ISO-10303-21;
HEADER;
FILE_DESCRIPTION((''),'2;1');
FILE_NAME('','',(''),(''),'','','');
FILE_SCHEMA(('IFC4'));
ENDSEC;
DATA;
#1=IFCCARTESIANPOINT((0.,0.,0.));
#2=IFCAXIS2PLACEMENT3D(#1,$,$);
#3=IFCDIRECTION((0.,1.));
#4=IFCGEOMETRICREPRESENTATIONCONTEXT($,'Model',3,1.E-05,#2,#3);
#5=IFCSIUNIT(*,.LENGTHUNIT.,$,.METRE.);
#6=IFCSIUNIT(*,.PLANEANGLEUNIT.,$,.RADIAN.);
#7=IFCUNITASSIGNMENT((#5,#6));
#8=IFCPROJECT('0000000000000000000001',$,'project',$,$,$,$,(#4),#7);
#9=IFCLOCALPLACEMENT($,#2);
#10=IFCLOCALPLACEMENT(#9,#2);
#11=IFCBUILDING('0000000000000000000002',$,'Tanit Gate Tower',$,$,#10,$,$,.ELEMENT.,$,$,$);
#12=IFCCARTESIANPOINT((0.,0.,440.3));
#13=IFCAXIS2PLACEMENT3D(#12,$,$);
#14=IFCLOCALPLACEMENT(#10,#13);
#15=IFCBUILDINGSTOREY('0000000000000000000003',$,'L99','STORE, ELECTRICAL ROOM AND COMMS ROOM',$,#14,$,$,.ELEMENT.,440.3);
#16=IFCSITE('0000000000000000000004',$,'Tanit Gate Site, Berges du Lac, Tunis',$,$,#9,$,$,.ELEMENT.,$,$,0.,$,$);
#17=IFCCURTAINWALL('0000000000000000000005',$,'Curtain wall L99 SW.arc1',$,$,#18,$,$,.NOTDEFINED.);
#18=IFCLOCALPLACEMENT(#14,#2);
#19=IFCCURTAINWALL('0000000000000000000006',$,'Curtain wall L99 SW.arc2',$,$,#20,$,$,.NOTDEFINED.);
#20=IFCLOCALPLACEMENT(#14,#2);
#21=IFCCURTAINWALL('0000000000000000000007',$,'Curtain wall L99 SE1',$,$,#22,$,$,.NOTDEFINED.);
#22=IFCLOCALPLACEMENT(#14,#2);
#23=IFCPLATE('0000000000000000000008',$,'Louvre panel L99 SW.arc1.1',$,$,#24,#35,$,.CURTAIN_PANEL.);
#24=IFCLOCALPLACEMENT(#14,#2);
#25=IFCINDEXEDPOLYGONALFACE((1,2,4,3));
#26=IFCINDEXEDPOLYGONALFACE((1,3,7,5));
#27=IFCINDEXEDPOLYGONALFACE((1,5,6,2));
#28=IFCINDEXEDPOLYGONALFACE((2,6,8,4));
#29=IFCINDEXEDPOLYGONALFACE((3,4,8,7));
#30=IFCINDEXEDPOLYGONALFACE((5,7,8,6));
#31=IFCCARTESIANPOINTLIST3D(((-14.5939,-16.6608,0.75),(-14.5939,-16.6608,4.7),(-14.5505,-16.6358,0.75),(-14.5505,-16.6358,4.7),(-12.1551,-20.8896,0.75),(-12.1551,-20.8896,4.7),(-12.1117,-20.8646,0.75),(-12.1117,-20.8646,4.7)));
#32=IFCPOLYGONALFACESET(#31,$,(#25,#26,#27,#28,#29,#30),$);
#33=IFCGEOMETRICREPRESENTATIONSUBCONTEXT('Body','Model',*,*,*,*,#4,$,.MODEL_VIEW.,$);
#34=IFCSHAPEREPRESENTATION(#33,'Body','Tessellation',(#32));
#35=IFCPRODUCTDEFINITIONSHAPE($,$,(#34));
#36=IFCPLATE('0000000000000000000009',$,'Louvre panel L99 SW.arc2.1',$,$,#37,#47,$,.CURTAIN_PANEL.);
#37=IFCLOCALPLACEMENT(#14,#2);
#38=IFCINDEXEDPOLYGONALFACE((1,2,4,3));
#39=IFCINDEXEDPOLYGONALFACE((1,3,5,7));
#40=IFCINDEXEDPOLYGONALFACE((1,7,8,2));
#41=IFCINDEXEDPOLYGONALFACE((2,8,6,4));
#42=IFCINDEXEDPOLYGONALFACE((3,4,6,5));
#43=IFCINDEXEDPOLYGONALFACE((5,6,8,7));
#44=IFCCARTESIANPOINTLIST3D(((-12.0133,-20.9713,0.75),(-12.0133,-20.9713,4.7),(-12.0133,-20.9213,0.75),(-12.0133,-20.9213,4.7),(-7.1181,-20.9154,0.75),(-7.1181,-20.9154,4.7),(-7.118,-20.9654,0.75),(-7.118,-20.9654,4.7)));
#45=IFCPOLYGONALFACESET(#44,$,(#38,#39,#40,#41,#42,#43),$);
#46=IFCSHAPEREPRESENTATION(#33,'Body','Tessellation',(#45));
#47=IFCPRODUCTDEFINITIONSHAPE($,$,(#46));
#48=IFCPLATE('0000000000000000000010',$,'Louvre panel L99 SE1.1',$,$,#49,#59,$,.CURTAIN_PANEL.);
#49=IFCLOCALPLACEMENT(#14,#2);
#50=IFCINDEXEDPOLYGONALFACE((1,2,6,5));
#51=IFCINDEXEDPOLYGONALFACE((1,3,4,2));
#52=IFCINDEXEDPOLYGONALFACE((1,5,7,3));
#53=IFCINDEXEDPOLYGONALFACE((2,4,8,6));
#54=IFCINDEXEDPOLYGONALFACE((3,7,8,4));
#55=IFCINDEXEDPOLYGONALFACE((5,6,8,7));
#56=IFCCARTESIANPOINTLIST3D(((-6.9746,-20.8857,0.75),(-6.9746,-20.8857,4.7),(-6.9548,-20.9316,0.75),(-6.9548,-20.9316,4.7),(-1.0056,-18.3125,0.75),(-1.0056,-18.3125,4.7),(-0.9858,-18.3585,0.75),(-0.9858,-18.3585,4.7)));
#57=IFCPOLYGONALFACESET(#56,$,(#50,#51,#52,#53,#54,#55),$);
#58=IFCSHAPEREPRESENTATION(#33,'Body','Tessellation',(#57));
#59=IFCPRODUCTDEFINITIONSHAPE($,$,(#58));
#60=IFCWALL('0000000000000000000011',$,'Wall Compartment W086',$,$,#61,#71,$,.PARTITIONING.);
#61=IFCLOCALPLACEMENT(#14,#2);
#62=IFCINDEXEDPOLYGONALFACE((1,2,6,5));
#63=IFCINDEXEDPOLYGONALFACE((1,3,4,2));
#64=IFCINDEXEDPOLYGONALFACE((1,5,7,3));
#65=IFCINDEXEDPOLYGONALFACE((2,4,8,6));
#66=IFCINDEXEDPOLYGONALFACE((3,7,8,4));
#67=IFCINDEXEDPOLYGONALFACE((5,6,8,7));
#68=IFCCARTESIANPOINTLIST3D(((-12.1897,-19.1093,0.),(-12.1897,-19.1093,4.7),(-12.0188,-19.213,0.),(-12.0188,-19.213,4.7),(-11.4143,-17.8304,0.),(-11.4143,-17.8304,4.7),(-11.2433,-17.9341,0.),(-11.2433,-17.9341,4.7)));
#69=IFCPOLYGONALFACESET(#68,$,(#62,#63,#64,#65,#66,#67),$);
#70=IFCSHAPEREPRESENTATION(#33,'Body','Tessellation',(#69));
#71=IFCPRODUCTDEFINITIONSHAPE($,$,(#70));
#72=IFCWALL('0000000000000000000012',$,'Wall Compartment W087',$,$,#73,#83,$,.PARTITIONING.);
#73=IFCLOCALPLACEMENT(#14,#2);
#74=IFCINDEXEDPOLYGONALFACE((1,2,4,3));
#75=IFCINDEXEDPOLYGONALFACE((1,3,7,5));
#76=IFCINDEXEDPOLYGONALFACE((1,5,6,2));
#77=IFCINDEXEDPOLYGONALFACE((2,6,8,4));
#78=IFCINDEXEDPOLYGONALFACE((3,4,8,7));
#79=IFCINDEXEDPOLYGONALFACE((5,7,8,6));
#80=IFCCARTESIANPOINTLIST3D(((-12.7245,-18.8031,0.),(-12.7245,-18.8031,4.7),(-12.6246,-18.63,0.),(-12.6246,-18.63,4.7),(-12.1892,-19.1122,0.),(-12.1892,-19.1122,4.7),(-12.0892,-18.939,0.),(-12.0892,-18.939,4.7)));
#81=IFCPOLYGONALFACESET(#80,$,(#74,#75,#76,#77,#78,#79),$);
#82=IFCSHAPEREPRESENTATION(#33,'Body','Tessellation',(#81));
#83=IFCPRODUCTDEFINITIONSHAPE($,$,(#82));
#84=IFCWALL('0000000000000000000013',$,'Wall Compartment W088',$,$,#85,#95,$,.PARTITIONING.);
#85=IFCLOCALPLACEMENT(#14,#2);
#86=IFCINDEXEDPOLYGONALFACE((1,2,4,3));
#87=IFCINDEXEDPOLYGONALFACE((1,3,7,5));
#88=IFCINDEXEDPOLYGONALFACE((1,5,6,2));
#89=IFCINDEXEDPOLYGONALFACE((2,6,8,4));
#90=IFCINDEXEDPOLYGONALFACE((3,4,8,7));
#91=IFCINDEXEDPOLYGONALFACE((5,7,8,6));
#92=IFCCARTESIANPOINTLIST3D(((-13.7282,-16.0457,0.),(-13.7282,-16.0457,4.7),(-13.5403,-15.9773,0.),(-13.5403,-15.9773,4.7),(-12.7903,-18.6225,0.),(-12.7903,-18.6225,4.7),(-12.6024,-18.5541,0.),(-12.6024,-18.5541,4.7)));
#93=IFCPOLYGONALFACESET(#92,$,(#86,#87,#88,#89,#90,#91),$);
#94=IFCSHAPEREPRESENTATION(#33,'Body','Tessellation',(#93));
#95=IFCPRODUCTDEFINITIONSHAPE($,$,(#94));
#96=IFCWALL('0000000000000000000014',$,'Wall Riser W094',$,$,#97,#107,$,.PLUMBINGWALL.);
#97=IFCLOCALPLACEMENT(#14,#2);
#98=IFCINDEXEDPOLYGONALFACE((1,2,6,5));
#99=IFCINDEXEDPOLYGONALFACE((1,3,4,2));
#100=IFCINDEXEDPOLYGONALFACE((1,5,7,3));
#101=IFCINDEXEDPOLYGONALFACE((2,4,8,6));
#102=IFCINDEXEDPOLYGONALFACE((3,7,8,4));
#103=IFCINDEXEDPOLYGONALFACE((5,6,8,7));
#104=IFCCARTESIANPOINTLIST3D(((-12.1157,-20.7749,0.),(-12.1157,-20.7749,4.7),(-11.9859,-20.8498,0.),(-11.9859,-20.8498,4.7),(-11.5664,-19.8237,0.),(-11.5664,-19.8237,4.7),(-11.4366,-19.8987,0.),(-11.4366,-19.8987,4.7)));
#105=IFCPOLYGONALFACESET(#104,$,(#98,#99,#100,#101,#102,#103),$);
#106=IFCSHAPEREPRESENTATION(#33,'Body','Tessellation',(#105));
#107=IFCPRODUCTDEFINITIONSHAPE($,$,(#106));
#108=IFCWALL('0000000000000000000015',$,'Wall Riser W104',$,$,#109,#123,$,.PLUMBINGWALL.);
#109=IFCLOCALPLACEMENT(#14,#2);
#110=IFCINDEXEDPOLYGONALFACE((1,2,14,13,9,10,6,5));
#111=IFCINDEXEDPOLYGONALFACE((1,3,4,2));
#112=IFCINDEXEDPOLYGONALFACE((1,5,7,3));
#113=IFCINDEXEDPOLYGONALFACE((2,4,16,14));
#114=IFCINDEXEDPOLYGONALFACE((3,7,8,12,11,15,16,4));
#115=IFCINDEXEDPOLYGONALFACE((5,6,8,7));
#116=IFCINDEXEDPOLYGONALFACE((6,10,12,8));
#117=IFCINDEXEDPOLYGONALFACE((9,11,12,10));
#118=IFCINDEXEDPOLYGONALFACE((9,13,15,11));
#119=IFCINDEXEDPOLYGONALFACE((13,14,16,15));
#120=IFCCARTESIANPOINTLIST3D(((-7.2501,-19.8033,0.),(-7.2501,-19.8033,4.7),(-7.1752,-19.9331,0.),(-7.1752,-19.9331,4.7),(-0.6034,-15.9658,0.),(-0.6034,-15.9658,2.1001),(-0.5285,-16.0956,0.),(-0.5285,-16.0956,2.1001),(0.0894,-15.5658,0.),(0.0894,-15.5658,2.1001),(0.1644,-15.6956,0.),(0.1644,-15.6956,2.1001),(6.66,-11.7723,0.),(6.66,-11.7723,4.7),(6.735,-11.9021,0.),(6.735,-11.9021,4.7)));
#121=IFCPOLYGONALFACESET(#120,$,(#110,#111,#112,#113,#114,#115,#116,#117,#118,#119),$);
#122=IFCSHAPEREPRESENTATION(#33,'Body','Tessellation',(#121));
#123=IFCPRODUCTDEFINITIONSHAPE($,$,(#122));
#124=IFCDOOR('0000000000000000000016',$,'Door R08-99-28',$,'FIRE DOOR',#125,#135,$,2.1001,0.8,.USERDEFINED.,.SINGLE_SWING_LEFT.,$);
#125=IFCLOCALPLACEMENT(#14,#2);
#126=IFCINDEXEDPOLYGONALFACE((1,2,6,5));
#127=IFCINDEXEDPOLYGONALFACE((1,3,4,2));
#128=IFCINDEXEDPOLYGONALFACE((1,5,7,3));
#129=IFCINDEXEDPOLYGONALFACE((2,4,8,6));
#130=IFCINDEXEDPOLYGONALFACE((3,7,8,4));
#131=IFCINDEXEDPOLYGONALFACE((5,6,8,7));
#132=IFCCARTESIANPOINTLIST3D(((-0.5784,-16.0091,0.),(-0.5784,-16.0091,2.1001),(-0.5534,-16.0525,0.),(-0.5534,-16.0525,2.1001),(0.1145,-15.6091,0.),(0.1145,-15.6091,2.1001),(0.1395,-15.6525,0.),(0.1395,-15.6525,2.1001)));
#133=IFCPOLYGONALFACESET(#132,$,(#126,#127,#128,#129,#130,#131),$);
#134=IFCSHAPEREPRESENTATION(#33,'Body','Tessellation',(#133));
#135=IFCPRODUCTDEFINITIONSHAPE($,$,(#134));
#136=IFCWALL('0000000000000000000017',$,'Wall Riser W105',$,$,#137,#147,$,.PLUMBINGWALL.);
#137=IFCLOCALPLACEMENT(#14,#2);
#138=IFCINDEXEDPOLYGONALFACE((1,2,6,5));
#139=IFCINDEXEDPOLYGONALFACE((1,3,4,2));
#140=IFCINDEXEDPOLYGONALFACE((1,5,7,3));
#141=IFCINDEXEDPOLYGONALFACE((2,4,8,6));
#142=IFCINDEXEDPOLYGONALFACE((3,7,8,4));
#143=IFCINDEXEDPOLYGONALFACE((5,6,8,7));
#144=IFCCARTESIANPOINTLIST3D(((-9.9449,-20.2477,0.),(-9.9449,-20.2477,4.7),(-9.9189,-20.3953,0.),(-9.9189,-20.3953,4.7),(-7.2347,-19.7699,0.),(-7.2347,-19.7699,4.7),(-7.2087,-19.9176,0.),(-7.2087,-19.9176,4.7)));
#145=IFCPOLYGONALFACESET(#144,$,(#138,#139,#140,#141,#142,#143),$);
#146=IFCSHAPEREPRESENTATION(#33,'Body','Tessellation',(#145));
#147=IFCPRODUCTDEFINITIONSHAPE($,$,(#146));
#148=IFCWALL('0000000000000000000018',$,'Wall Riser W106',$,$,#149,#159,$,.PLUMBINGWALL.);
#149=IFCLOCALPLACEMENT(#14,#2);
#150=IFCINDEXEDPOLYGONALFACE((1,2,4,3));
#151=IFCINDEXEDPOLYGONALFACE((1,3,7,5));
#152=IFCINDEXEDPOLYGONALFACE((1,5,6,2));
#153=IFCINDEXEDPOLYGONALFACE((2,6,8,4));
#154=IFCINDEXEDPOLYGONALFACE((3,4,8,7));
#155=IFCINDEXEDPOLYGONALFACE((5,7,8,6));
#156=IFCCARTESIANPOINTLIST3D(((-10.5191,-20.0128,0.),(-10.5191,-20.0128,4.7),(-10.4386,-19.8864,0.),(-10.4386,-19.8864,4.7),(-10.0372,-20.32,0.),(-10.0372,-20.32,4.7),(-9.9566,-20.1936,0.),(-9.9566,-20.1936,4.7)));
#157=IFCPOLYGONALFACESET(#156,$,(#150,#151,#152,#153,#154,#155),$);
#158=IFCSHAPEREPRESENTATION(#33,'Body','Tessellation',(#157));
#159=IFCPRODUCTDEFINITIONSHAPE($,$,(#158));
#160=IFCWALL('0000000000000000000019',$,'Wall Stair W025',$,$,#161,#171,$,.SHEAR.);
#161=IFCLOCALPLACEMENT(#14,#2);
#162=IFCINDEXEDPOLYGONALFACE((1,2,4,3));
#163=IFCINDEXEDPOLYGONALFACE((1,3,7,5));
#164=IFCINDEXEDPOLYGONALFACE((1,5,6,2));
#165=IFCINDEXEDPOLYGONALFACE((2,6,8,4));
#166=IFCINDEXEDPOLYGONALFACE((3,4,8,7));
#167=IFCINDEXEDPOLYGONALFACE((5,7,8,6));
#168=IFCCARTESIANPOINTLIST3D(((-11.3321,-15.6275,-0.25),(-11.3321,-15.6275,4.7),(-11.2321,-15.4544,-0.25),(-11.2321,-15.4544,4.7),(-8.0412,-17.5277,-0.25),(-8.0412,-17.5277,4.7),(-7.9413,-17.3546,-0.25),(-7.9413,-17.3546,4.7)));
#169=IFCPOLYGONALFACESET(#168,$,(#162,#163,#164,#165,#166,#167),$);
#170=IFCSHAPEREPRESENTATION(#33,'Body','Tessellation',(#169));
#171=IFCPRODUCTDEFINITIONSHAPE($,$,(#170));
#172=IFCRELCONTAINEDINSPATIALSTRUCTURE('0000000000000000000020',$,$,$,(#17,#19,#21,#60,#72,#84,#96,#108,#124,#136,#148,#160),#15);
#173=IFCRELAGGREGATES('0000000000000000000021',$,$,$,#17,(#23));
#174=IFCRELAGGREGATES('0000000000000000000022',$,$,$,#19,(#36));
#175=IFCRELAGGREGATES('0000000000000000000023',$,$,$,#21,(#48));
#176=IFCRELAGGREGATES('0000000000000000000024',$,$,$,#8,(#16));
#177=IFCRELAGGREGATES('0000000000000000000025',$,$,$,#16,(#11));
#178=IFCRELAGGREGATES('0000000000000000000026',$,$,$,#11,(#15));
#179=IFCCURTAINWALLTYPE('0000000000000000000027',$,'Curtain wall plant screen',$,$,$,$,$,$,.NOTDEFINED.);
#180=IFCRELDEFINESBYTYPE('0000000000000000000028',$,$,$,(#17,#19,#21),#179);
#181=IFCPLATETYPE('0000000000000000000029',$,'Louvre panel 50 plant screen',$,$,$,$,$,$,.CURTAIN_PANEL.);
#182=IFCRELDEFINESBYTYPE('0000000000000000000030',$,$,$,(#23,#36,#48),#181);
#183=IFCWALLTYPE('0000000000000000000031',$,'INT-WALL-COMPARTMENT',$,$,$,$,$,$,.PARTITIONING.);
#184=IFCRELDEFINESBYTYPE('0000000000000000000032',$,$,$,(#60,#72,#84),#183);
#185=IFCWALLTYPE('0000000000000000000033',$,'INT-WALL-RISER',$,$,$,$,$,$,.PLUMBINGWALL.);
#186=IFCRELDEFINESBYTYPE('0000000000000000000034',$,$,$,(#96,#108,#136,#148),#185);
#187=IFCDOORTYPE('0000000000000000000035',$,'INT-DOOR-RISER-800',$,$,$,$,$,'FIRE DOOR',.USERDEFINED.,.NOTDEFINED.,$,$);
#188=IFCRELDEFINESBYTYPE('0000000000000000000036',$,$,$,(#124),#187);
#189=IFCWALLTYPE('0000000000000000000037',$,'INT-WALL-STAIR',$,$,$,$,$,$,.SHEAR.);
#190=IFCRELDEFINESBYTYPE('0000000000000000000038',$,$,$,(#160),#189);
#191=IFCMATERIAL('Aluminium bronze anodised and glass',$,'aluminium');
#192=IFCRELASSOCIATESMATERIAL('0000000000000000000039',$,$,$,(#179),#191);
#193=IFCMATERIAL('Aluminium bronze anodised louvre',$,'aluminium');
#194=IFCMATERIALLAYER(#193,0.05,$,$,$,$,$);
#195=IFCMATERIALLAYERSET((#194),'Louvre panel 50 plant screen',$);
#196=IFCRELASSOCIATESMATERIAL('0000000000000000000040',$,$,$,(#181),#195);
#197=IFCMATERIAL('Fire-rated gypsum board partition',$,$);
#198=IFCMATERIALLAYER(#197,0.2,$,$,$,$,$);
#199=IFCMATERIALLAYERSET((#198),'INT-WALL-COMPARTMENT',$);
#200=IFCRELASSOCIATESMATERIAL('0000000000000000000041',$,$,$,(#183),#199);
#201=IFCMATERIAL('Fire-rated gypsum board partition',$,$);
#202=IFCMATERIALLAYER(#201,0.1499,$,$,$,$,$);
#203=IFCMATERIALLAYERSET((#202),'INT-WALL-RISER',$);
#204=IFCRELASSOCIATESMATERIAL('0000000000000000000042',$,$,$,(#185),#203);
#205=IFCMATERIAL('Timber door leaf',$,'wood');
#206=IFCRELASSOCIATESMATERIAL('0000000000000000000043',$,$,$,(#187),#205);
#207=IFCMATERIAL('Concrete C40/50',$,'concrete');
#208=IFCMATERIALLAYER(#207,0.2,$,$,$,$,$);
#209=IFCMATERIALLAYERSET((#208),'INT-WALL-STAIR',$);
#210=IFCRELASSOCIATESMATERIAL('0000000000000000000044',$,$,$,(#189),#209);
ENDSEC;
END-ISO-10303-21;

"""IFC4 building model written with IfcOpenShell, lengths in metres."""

from ifc_helpers import new_model, si_unit, direction, frame, frame_2d, origin, origin_2d, place, context, subcontext, project, spatial, rectangle, extrude, material, layer, layer_set, type_object, element, fill, aggregate, save


model = new_model("IFC4")

# Units and contexts
model_context = context("Model", 3, precision=1e-05, world=origin(), true_north=direction((0.0, 1.0)))
body_context = subcontext(model_context, "Body", "Model", "MODEL_VIEW")
ifc_project = project(units=[si_unit("LENGTHUNIT", "METRE"), si_unit("PLANEANGLEUNIT", "RADIAN")], contexts=[model_context])

# Site, building, storey
site_placement = place(None, origin())
site = spatial("IfcSite", under=ifc_project, at=site_placement, Name="Tanit Gate Site, Berges du Lac, Tunis", CompositionType="ELEMENT", RefElevation=0.0)
building_placement = place(site_placement, origin())
building = spatial("IfcBuilding", under=site, at=building_placement, Name="Tanit Gate Tower", CompositionType="ELEMENT")
storey_placement = place(building_placement, frame((0.0, 0.0, 440.3)))
storey = spatial("IfcBuildingStorey", under=building, at=storey_placement, Name="L99", Description="STORE, ELECTRICAL ROOM AND COMMS ROOM", CompositionType="ELEMENT", Elevation=440.3)

# Shared definitions
ifc_material_1 = material(Name="Aluminium bronze anodised and glass", Category="aluminium")
curtain_wall_type = type_object("IfcCurtainWallType", Name="Curtain wall plant screen", PredefinedType="NOTDEFINED", material=ifc_material_1)

# Curtain walls
curtain_wall_1_placement = place(storey_placement, origin())
curtain_wall_1 = element("IfcCurtainWall", 1, at=curtain_wall_1_placement, inside=storey, type_object=curtain_wall_type, Name="Curtain wall L99 SW.arc1", PredefinedType="NOTDEFINED")
curtain_wall_2_placement = place(storey_placement, origin())
curtain_wall_2 = element("IfcCurtainWall", 2, at=curtain_wall_2_placement, inside=storey, type_object=curtain_wall_type, Name="Curtain wall L99 SW.arc2", PredefinedType="NOTDEFINED")

# Curtain wall
curtain_wall_3_placement = place(storey_placement, origin())
curtain_wall_3 = element("IfcCurtainWall", 3, at=curtain_wall_3_placement, inside=storey, type_object=curtain_wall_type, Name="Curtain wall L99 SE1", PredefinedType="NOTDEFINED")

# Plates
ifc_material_2 = material(Name="Aluminium bronze anodised louvre", Category="aluminium")
ifc_layer_1 = layer(ifc_material_2, 0.05)
ifc_layer_set_1 = layer_set([ifc_layer_1], Name="Louvre panel 50 plant screen")
plate_type = type_object("IfcPlateType", Name="Louvre panel 50 plant screen", PredefinedType="CURTAIN_PANEL", material=ifc_layer_set_1)
plate_1_placement = place(storey_placement, frame((-13.3528, -18.7627, 0.75), z_axis=(0.0, 0.0, 1.0), x_axis=(0.499592, -0.866261, 0.0)))
plate_1 = element("IfcPlate", 4, at=plate_1_placement, type_object=plate_type, Name="Louvre panel L99 SW.arc1.1", PredefinedType="CURTAIN_PANEL", context=body_context, shape_type="SweptSolid", body=[
    extrude(rectangle(XDim=4.8816, YDim=0.05, at=origin_2d()), origin(), (0.0, 0.0, 1.0), 3.95),
])
aggregate(curtain_wall_1, [plate_1])
plate_2_placement = place(storey_placement, frame((-9.5657, -20.9434, 0.75), z_axis=(0.0, 0.0, 1.0), x_axis=(0.999999, 0.001199, 0.0)))
plate_2 = element("IfcPlate", 5, at=plate_2_placement, type_object=plate_type, Name="Louvre panel L99 SW.arc2.1", PredefinedType="CURTAIN_PANEL", context=body_context, shape_type="SweptSolid", body=[
    extrude(rectangle(XDim=4.8953, YDim=0.05, at=origin_2d()), origin(), (0.0, 0.0, 1.0), 3.95),
])
aggregate(curtain_wall_2, [plate_2])
plate_3_placement = place(storey_placement, frame((-3.9802, -19.6221, 0.75), z_axis=(0.0, 0.0, 1.0), x_axis=(0.918306, 0.395871, 0.0)))
plate_3 = element("IfcPlate", 6, at=plate_3_placement, type_object=plate_type, Name="Louvre panel L99 SE1.1", PredefinedType="CURTAIN_PANEL", context=body_context, shape_type="SweptSolid", body=[
    extrude(rectangle(XDim=6.5, YDim=0.05, at=origin_2d()), origin(), (0.0, 0.0, 1.0), 3.95),
])
aggregate(curtain_wall_3, [plate_3])

# Walls
ifc_material_3 = material(Name="Fire-rated gypsum board partition")
ifc_layer_2 = layer(ifc_material_3, 0.2)
ifc_layer_set_2 = layer_set([ifc_layer_2], Name="INT-WALL-COMPARTMENT")
wall_type_1 = type_object("IfcWallType", Name="INT-WALL-COMPARTMENT", PredefinedType="PARTITIONING", material=ifc_layer_set_2)
wall_1_placement = place(storey_placement, frame((-12.1042, -19.1611, 0.0), z_axis=(0.0, 0.0, 1.0), x_axis=(0.518475, 0.855093, 0.0)))
element("IfcWall", 7, at=wall_1_placement, inside=storey, type_object=wall_type_1, Name="Wall Compartment W086", PredefinedType="PARTITIONING", context=body_context, shape_type="SweptSolid", body=[
    extrude(rectangle(XDim=1.4956, YDim=0.2, at=frame_2d((0.7478, 0.0))), origin(), (0.0, 0.0, 1.0), 4.7),
])
wall_2_placement = place(storey_placement, frame((-12.6746, -18.7166, 0.0), z_axis=(0.0, 0.0, 1.0), x_axis=(0.866047, -0.499962, 0.0)))
element("IfcWall", 8, at=wall_2_placement, inside=storey, type_object=wall_type_1, Name="Wall Compartment W087", PredefinedType="PARTITIONING", context=body_context, shape_type="SweptSolid", body=[
    extrude(rectangle(XDim=0.6182, YDim=0.2, at=frame_2d((0.3091, 0.0))), origin(), (0.0, 0.0, 1.0), 4.7),
])
wall_3_placement = place(storey_placement, frame((-13.6343, -16.0115, 0.0), z_axis=(0.0, 0.0, 1.0), x_axis=(0.342043, -0.939684, 0.0)))
element("IfcWall", 9, at=wall_3_placement, inside=storey, type_object=wall_type_1, Name="Wall Compartment W088", PredefinedType="PARTITIONING", context=body_context, shape_type="SweptSolid", body=[
    extrude(rectangle(XDim=2.7422, YDim=0.2, at=frame_2d((1.3711, 0.0))), origin(), (0.0, 0.0, 1.0), 4.7),
])
ifc_material_4 = material(Name="Fire-rated gypsum board partition")
ifc_layer_3 = layer(ifc_material_4, 0.1499)
ifc_layer_set_3 = layer_set([ifc_layer_3], Name="INT-WALL-RISER")
wall_type_2 = type_object("IfcWallType", Name="INT-WALL-RISER", PredefinedType="PLUMBINGWALL", material=ifc_layer_set_3)
wall_4_placement = place(storey_placement, frame((-11.5015, -19.8611, 0.0), z_axis=(0.0, 0.0, 1.0), x_axis=(-0.500107, -0.865963, 0.0)))
element("IfcWall", 10, at=wall_4_placement, inside=storey, type_object=wall_type_2, Name="Wall Riser W094", PredefinedType="PLUMBINGWALL", context=body_context, shape_type="SweptSolid", body=[
    extrude(rectangle(XDim=1.0984, YDim=0.1499, at=frame_2d((0.5493, 0.0))), origin(), (0.0, 0.0, 1.0), 4.7),
])

# Wall, opening, door
wall_5_placement = place(storey_placement, frame((-7.2126, -19.8682, 0.0), z_axis=(0.0, 0.0, 1.0), x_axis=(0.866026, 0.499999, 0.0)))
wall_5 = element("IfcWall", 11, at=wall_5_placement, inside=storey, type_object=wall_type_2, Name="Wall Riser W104", PredefinedType="PLUMBINGWALL", context=body_context, shape_type="SweptSolid", body=[
    extrude(rectangle(XDim=16.062, YDim=0.1499, at=frame_2d((8.031, 0.0))), origin(), (0.0, 0.0, 1.0), 4.7),
])
opening_1_placement = place(wall_5_placement, frame((7.675, 0.0, 0.0)))
opening_1 = element("IfcOpeningElement", 12, at=opening_1_placement, cuts=wall_5, PredefinedType="OPENING", context=body_context, shape_type="SweptSolid", body=[
    extrude(rectangle(XDim=0.8, YDim=2.1001, at=frame_2d((0.3999, 1.05))), frame((0.0, 0.085, 0.0), z_axis=(0.0, -1.0, 0.0), x_axis=(1.0, 0.0, 0.0)), (0.0, 0.0, 1.0), 0.1699),
])
ifc_material_5 = material(Name="Timber door leaf", Category="wood")
door_type_1 = type_object("IfcDoorType", Name="INT-DOOR-RISER-800", ElementType="FIRE DOOR", OperationType="NOTDEFINED", PredefinedType="USERDEFINED", material=ifc_material_5)
door_1_placement = place(opening_1_placement, origin())
door_1 = element("IfcDoor", 13, at=door_1_placement, inside=storey, type_object=door_type_1, Name="Door R08-99-28", ObjectType="FIRE DOOR", OperationType="SINGLE_SWING_LEFT", OverallHeight=2.1001, OverallWidth=0.8, PredefinedType="USERDEFINED", context=body_context, shape_type="SweptSolid", body=[
    extrude(rectangle(XDim=0.8, YDim=2.1001, at=frame_2d((0.3999, 1.05))), frame((0.0, 0.0249, 0.0), z_axis=(0.0, -1.0, 0.0), x_axis=(1.0, 0.0, 0.0)), (0.0, 0.0, 1.0), 0.05),
])
fill(opening_1, door_1)

# Walls
wall_6_placement = place(storey_placement, frame((-9.9319, -20.3215, 0.0), z_axis=(0.0, 0.0, 1.0), x_axis=(0.984814, 0.173613, 0.0)))
element("IfcWall", 14, at=wall_6_placement, inside=storey, type_object=wall_type_2, Name="Wall Riser W105", PredefinedType="PLUMBINGWALL", context=body_context, shape_type="SweptSolid", body=[
    extrude(rectangle(XDim=2.752, YDim=0.1499, at=frame_2d((1.376, 0.0))), origin(), (0.0, 0.0, 1.0), 4.7),
])
wall_7_placement = place(storey_placement, frame((-10.4788, -19.9497, 0.0), z_axis=(0.0, 0.0, 1.0), x_axis=(0.843309, -0.537428, 0.0)))
element("IfcWall", 15, at=wall_7_placement, inside=storey, type_object=wall_type_2, Name="Wall Riser W106", PredefinedType="PLUMBINGWALL", context=body_context, shape_type="SweptSolid", body=[
    extrude(rectangle(XDim=0.5715, YDim=0.1499, at=frame_2d((0.2856, 0.0))), origin(), (0.0, 0.0, 1.0), 4.7),
])
ifc_material_6 = material(Name="Concrete C40/50", Category="concrete")
ifc_layer_4 = layer(ifc_material_6, 0.2)
ifc_layer_set_4 = layer_set([ifc_layer_4], Name="INT-WALL-STAIR")
wall_type_3 = type_object("IfcWallType", Name="INT-WALL-STAIR", PredefinedType="SHEAR", material=ifc_layer_set_4)
wall_8_placement = place(storey_placement, frame((-11.282, -15.541, -0.25), z_axis=(0.0, 0.0, 1.0), x_axis=(0.866, -0.500043, 0.0)))
element("IfcWall", 16, at=wall_8_placement, inside=storey, type_object=wall_type_3, Name="Wall Stair W025", PredefinedType="SHEAR", context=body_context, shape_type="SweptSolid", body=[
    extrude(rectangle(XDim=3.8, YDim=0.2, at=frame_2d((1.8999, 0.0))), origin(), (0.0, 0.0, 1.0), 4.95),
])

save(model, "model.ifc")
